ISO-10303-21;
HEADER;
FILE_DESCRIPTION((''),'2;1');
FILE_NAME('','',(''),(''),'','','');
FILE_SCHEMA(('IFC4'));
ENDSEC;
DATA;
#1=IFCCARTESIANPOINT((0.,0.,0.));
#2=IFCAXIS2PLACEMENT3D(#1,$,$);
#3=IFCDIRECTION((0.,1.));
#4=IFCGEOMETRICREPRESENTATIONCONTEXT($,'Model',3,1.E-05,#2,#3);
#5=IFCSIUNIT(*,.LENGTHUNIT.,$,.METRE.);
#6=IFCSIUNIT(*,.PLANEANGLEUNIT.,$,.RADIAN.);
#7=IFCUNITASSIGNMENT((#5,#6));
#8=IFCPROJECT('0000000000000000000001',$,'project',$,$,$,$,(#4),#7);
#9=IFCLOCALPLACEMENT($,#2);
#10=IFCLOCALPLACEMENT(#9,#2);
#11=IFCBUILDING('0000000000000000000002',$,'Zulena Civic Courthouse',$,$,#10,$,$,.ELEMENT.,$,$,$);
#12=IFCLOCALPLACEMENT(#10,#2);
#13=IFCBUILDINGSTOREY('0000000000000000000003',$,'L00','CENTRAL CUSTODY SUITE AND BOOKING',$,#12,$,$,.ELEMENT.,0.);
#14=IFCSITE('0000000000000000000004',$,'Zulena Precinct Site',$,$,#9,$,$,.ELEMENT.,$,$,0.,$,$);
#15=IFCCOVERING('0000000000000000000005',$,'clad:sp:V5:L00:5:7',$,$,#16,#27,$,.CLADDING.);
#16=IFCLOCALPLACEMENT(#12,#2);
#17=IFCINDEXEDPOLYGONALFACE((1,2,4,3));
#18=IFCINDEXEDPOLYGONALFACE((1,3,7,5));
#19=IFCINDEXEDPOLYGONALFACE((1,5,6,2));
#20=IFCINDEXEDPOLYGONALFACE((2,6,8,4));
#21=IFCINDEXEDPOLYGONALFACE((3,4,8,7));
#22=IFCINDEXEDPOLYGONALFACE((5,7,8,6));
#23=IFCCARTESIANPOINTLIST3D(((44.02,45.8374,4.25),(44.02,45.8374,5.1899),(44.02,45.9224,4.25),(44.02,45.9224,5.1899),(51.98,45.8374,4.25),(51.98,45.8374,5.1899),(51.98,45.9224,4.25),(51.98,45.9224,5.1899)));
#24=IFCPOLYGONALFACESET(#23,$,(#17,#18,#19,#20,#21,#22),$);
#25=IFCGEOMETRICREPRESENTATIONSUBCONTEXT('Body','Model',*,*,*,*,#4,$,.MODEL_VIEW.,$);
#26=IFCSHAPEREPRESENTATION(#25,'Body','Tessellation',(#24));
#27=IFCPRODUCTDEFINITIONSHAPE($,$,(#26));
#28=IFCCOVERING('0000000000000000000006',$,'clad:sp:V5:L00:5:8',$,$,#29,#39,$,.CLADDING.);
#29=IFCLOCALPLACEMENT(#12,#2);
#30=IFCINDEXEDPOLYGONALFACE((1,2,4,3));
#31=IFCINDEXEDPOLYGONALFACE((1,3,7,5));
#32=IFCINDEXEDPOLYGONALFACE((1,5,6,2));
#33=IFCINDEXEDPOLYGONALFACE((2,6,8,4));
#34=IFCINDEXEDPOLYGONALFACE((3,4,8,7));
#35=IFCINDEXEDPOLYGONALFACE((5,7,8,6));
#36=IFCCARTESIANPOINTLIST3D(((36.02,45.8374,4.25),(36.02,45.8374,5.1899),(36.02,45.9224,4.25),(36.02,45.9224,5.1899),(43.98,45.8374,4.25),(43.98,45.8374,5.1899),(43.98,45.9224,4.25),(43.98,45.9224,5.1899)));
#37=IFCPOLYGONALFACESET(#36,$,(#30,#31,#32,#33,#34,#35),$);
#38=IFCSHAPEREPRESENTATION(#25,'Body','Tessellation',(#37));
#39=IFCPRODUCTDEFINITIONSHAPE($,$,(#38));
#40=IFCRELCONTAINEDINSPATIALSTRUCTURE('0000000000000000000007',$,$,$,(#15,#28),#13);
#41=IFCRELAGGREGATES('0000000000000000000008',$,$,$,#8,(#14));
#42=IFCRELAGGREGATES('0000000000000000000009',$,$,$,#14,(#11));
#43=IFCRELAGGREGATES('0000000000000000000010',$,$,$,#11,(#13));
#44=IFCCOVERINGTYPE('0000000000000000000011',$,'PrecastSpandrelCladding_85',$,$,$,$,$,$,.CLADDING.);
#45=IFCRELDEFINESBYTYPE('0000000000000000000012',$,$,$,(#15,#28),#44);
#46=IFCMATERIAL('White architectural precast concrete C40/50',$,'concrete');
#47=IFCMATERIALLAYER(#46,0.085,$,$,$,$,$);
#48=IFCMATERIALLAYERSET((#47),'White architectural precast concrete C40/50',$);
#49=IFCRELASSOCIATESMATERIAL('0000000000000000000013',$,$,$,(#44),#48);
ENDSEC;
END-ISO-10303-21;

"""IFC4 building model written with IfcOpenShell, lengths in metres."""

from ifc_helpers import new_model, si_unit, direction, frame, origin, origin_2d, place, context, subcontext, project, spatial, rectangle, extrude, material, layer, layer_set, type_object, element, save


model = new_model("IFC4")

# Units and contexts
model_context = context("Model", 3, precision=1e-05, world=origin(), true_north=direction((0.0, 1.0)))
body_context = subcontext(model_context, "Body", "Model", "MODEL_VIEW")
ifc_project = project(units=[si_unit("LENGTHUNIT", "METRE"), si_unit("PLANEANGLEUNIT", "RADIAN")], contexts=[model_context])

# Site, building, storey
site_placement = place(None, origin())
site = spatial("IfcSite", under=ifc_project, at=site_placement, Name="Zulena Precinct Site", CompositionType="ELEMENT", RefElevation=0.0)
building_placement = place(site_placement, origin())
building = spatial("IfcBuilding", under=site, at=building_placement, Name="Zulena Civic Courthouse", CompositionType="ELEMENT")
storey_placement = place(building_placement, origin())
storey = spatial("IfcBuildingStorey", under=building, at=storey_placement, Name="L00", Description="CENTRAL CUSTODY SUITE AND BOOKING", CompositionType="ELEMENT", Elevation=0.0)

# Coverings
ifc_material_1 = material(Name="White architectural precast concrete C40/50", Category="concrete")
ifc_layer_1 = layer(ifc_material_1, 0.085)
ifc_layer_set_1 = layer_set([ifc_layer_1], Name="White architectural precast concrete C40/50")
covering_type = type_object("IfcCoveringType", Name="PrecastSpandrelCladding_85", PredefinedType="CLADDING", material=ifc_layer_set_1)
for number, where, z_axis, x_axis, name in (
    (1, (48.0, 45.8799, 4.25), (0.0, 0.0, 1.0), (-1.0, 0.0, 0.0), "clad:sp:V5:L00:5:7"),
    (2, (40.0, 45.8799, 4.25), (0.0, 0.0, 1.0), (-1.0, 0.0, 0.0), "clad:sp:V5:L00:5:8"),
):
    element("IfcCovering", number, at=place(storey_placement, frame(where, z_axis=z_axis, x_axis=x_axis)), inside=storey, type_object=covering_type, Name=name, PredefinedType="CLADDING", context=body_context, shape_type="SweptSolid", body=[
        extrude(rectangle(XDim=7.96, YDim=0.085, at=origin_2d()), origin(), (0.0, 0.0, 1.0), 0.9399),
    ])

save(model, "model.ifc")
